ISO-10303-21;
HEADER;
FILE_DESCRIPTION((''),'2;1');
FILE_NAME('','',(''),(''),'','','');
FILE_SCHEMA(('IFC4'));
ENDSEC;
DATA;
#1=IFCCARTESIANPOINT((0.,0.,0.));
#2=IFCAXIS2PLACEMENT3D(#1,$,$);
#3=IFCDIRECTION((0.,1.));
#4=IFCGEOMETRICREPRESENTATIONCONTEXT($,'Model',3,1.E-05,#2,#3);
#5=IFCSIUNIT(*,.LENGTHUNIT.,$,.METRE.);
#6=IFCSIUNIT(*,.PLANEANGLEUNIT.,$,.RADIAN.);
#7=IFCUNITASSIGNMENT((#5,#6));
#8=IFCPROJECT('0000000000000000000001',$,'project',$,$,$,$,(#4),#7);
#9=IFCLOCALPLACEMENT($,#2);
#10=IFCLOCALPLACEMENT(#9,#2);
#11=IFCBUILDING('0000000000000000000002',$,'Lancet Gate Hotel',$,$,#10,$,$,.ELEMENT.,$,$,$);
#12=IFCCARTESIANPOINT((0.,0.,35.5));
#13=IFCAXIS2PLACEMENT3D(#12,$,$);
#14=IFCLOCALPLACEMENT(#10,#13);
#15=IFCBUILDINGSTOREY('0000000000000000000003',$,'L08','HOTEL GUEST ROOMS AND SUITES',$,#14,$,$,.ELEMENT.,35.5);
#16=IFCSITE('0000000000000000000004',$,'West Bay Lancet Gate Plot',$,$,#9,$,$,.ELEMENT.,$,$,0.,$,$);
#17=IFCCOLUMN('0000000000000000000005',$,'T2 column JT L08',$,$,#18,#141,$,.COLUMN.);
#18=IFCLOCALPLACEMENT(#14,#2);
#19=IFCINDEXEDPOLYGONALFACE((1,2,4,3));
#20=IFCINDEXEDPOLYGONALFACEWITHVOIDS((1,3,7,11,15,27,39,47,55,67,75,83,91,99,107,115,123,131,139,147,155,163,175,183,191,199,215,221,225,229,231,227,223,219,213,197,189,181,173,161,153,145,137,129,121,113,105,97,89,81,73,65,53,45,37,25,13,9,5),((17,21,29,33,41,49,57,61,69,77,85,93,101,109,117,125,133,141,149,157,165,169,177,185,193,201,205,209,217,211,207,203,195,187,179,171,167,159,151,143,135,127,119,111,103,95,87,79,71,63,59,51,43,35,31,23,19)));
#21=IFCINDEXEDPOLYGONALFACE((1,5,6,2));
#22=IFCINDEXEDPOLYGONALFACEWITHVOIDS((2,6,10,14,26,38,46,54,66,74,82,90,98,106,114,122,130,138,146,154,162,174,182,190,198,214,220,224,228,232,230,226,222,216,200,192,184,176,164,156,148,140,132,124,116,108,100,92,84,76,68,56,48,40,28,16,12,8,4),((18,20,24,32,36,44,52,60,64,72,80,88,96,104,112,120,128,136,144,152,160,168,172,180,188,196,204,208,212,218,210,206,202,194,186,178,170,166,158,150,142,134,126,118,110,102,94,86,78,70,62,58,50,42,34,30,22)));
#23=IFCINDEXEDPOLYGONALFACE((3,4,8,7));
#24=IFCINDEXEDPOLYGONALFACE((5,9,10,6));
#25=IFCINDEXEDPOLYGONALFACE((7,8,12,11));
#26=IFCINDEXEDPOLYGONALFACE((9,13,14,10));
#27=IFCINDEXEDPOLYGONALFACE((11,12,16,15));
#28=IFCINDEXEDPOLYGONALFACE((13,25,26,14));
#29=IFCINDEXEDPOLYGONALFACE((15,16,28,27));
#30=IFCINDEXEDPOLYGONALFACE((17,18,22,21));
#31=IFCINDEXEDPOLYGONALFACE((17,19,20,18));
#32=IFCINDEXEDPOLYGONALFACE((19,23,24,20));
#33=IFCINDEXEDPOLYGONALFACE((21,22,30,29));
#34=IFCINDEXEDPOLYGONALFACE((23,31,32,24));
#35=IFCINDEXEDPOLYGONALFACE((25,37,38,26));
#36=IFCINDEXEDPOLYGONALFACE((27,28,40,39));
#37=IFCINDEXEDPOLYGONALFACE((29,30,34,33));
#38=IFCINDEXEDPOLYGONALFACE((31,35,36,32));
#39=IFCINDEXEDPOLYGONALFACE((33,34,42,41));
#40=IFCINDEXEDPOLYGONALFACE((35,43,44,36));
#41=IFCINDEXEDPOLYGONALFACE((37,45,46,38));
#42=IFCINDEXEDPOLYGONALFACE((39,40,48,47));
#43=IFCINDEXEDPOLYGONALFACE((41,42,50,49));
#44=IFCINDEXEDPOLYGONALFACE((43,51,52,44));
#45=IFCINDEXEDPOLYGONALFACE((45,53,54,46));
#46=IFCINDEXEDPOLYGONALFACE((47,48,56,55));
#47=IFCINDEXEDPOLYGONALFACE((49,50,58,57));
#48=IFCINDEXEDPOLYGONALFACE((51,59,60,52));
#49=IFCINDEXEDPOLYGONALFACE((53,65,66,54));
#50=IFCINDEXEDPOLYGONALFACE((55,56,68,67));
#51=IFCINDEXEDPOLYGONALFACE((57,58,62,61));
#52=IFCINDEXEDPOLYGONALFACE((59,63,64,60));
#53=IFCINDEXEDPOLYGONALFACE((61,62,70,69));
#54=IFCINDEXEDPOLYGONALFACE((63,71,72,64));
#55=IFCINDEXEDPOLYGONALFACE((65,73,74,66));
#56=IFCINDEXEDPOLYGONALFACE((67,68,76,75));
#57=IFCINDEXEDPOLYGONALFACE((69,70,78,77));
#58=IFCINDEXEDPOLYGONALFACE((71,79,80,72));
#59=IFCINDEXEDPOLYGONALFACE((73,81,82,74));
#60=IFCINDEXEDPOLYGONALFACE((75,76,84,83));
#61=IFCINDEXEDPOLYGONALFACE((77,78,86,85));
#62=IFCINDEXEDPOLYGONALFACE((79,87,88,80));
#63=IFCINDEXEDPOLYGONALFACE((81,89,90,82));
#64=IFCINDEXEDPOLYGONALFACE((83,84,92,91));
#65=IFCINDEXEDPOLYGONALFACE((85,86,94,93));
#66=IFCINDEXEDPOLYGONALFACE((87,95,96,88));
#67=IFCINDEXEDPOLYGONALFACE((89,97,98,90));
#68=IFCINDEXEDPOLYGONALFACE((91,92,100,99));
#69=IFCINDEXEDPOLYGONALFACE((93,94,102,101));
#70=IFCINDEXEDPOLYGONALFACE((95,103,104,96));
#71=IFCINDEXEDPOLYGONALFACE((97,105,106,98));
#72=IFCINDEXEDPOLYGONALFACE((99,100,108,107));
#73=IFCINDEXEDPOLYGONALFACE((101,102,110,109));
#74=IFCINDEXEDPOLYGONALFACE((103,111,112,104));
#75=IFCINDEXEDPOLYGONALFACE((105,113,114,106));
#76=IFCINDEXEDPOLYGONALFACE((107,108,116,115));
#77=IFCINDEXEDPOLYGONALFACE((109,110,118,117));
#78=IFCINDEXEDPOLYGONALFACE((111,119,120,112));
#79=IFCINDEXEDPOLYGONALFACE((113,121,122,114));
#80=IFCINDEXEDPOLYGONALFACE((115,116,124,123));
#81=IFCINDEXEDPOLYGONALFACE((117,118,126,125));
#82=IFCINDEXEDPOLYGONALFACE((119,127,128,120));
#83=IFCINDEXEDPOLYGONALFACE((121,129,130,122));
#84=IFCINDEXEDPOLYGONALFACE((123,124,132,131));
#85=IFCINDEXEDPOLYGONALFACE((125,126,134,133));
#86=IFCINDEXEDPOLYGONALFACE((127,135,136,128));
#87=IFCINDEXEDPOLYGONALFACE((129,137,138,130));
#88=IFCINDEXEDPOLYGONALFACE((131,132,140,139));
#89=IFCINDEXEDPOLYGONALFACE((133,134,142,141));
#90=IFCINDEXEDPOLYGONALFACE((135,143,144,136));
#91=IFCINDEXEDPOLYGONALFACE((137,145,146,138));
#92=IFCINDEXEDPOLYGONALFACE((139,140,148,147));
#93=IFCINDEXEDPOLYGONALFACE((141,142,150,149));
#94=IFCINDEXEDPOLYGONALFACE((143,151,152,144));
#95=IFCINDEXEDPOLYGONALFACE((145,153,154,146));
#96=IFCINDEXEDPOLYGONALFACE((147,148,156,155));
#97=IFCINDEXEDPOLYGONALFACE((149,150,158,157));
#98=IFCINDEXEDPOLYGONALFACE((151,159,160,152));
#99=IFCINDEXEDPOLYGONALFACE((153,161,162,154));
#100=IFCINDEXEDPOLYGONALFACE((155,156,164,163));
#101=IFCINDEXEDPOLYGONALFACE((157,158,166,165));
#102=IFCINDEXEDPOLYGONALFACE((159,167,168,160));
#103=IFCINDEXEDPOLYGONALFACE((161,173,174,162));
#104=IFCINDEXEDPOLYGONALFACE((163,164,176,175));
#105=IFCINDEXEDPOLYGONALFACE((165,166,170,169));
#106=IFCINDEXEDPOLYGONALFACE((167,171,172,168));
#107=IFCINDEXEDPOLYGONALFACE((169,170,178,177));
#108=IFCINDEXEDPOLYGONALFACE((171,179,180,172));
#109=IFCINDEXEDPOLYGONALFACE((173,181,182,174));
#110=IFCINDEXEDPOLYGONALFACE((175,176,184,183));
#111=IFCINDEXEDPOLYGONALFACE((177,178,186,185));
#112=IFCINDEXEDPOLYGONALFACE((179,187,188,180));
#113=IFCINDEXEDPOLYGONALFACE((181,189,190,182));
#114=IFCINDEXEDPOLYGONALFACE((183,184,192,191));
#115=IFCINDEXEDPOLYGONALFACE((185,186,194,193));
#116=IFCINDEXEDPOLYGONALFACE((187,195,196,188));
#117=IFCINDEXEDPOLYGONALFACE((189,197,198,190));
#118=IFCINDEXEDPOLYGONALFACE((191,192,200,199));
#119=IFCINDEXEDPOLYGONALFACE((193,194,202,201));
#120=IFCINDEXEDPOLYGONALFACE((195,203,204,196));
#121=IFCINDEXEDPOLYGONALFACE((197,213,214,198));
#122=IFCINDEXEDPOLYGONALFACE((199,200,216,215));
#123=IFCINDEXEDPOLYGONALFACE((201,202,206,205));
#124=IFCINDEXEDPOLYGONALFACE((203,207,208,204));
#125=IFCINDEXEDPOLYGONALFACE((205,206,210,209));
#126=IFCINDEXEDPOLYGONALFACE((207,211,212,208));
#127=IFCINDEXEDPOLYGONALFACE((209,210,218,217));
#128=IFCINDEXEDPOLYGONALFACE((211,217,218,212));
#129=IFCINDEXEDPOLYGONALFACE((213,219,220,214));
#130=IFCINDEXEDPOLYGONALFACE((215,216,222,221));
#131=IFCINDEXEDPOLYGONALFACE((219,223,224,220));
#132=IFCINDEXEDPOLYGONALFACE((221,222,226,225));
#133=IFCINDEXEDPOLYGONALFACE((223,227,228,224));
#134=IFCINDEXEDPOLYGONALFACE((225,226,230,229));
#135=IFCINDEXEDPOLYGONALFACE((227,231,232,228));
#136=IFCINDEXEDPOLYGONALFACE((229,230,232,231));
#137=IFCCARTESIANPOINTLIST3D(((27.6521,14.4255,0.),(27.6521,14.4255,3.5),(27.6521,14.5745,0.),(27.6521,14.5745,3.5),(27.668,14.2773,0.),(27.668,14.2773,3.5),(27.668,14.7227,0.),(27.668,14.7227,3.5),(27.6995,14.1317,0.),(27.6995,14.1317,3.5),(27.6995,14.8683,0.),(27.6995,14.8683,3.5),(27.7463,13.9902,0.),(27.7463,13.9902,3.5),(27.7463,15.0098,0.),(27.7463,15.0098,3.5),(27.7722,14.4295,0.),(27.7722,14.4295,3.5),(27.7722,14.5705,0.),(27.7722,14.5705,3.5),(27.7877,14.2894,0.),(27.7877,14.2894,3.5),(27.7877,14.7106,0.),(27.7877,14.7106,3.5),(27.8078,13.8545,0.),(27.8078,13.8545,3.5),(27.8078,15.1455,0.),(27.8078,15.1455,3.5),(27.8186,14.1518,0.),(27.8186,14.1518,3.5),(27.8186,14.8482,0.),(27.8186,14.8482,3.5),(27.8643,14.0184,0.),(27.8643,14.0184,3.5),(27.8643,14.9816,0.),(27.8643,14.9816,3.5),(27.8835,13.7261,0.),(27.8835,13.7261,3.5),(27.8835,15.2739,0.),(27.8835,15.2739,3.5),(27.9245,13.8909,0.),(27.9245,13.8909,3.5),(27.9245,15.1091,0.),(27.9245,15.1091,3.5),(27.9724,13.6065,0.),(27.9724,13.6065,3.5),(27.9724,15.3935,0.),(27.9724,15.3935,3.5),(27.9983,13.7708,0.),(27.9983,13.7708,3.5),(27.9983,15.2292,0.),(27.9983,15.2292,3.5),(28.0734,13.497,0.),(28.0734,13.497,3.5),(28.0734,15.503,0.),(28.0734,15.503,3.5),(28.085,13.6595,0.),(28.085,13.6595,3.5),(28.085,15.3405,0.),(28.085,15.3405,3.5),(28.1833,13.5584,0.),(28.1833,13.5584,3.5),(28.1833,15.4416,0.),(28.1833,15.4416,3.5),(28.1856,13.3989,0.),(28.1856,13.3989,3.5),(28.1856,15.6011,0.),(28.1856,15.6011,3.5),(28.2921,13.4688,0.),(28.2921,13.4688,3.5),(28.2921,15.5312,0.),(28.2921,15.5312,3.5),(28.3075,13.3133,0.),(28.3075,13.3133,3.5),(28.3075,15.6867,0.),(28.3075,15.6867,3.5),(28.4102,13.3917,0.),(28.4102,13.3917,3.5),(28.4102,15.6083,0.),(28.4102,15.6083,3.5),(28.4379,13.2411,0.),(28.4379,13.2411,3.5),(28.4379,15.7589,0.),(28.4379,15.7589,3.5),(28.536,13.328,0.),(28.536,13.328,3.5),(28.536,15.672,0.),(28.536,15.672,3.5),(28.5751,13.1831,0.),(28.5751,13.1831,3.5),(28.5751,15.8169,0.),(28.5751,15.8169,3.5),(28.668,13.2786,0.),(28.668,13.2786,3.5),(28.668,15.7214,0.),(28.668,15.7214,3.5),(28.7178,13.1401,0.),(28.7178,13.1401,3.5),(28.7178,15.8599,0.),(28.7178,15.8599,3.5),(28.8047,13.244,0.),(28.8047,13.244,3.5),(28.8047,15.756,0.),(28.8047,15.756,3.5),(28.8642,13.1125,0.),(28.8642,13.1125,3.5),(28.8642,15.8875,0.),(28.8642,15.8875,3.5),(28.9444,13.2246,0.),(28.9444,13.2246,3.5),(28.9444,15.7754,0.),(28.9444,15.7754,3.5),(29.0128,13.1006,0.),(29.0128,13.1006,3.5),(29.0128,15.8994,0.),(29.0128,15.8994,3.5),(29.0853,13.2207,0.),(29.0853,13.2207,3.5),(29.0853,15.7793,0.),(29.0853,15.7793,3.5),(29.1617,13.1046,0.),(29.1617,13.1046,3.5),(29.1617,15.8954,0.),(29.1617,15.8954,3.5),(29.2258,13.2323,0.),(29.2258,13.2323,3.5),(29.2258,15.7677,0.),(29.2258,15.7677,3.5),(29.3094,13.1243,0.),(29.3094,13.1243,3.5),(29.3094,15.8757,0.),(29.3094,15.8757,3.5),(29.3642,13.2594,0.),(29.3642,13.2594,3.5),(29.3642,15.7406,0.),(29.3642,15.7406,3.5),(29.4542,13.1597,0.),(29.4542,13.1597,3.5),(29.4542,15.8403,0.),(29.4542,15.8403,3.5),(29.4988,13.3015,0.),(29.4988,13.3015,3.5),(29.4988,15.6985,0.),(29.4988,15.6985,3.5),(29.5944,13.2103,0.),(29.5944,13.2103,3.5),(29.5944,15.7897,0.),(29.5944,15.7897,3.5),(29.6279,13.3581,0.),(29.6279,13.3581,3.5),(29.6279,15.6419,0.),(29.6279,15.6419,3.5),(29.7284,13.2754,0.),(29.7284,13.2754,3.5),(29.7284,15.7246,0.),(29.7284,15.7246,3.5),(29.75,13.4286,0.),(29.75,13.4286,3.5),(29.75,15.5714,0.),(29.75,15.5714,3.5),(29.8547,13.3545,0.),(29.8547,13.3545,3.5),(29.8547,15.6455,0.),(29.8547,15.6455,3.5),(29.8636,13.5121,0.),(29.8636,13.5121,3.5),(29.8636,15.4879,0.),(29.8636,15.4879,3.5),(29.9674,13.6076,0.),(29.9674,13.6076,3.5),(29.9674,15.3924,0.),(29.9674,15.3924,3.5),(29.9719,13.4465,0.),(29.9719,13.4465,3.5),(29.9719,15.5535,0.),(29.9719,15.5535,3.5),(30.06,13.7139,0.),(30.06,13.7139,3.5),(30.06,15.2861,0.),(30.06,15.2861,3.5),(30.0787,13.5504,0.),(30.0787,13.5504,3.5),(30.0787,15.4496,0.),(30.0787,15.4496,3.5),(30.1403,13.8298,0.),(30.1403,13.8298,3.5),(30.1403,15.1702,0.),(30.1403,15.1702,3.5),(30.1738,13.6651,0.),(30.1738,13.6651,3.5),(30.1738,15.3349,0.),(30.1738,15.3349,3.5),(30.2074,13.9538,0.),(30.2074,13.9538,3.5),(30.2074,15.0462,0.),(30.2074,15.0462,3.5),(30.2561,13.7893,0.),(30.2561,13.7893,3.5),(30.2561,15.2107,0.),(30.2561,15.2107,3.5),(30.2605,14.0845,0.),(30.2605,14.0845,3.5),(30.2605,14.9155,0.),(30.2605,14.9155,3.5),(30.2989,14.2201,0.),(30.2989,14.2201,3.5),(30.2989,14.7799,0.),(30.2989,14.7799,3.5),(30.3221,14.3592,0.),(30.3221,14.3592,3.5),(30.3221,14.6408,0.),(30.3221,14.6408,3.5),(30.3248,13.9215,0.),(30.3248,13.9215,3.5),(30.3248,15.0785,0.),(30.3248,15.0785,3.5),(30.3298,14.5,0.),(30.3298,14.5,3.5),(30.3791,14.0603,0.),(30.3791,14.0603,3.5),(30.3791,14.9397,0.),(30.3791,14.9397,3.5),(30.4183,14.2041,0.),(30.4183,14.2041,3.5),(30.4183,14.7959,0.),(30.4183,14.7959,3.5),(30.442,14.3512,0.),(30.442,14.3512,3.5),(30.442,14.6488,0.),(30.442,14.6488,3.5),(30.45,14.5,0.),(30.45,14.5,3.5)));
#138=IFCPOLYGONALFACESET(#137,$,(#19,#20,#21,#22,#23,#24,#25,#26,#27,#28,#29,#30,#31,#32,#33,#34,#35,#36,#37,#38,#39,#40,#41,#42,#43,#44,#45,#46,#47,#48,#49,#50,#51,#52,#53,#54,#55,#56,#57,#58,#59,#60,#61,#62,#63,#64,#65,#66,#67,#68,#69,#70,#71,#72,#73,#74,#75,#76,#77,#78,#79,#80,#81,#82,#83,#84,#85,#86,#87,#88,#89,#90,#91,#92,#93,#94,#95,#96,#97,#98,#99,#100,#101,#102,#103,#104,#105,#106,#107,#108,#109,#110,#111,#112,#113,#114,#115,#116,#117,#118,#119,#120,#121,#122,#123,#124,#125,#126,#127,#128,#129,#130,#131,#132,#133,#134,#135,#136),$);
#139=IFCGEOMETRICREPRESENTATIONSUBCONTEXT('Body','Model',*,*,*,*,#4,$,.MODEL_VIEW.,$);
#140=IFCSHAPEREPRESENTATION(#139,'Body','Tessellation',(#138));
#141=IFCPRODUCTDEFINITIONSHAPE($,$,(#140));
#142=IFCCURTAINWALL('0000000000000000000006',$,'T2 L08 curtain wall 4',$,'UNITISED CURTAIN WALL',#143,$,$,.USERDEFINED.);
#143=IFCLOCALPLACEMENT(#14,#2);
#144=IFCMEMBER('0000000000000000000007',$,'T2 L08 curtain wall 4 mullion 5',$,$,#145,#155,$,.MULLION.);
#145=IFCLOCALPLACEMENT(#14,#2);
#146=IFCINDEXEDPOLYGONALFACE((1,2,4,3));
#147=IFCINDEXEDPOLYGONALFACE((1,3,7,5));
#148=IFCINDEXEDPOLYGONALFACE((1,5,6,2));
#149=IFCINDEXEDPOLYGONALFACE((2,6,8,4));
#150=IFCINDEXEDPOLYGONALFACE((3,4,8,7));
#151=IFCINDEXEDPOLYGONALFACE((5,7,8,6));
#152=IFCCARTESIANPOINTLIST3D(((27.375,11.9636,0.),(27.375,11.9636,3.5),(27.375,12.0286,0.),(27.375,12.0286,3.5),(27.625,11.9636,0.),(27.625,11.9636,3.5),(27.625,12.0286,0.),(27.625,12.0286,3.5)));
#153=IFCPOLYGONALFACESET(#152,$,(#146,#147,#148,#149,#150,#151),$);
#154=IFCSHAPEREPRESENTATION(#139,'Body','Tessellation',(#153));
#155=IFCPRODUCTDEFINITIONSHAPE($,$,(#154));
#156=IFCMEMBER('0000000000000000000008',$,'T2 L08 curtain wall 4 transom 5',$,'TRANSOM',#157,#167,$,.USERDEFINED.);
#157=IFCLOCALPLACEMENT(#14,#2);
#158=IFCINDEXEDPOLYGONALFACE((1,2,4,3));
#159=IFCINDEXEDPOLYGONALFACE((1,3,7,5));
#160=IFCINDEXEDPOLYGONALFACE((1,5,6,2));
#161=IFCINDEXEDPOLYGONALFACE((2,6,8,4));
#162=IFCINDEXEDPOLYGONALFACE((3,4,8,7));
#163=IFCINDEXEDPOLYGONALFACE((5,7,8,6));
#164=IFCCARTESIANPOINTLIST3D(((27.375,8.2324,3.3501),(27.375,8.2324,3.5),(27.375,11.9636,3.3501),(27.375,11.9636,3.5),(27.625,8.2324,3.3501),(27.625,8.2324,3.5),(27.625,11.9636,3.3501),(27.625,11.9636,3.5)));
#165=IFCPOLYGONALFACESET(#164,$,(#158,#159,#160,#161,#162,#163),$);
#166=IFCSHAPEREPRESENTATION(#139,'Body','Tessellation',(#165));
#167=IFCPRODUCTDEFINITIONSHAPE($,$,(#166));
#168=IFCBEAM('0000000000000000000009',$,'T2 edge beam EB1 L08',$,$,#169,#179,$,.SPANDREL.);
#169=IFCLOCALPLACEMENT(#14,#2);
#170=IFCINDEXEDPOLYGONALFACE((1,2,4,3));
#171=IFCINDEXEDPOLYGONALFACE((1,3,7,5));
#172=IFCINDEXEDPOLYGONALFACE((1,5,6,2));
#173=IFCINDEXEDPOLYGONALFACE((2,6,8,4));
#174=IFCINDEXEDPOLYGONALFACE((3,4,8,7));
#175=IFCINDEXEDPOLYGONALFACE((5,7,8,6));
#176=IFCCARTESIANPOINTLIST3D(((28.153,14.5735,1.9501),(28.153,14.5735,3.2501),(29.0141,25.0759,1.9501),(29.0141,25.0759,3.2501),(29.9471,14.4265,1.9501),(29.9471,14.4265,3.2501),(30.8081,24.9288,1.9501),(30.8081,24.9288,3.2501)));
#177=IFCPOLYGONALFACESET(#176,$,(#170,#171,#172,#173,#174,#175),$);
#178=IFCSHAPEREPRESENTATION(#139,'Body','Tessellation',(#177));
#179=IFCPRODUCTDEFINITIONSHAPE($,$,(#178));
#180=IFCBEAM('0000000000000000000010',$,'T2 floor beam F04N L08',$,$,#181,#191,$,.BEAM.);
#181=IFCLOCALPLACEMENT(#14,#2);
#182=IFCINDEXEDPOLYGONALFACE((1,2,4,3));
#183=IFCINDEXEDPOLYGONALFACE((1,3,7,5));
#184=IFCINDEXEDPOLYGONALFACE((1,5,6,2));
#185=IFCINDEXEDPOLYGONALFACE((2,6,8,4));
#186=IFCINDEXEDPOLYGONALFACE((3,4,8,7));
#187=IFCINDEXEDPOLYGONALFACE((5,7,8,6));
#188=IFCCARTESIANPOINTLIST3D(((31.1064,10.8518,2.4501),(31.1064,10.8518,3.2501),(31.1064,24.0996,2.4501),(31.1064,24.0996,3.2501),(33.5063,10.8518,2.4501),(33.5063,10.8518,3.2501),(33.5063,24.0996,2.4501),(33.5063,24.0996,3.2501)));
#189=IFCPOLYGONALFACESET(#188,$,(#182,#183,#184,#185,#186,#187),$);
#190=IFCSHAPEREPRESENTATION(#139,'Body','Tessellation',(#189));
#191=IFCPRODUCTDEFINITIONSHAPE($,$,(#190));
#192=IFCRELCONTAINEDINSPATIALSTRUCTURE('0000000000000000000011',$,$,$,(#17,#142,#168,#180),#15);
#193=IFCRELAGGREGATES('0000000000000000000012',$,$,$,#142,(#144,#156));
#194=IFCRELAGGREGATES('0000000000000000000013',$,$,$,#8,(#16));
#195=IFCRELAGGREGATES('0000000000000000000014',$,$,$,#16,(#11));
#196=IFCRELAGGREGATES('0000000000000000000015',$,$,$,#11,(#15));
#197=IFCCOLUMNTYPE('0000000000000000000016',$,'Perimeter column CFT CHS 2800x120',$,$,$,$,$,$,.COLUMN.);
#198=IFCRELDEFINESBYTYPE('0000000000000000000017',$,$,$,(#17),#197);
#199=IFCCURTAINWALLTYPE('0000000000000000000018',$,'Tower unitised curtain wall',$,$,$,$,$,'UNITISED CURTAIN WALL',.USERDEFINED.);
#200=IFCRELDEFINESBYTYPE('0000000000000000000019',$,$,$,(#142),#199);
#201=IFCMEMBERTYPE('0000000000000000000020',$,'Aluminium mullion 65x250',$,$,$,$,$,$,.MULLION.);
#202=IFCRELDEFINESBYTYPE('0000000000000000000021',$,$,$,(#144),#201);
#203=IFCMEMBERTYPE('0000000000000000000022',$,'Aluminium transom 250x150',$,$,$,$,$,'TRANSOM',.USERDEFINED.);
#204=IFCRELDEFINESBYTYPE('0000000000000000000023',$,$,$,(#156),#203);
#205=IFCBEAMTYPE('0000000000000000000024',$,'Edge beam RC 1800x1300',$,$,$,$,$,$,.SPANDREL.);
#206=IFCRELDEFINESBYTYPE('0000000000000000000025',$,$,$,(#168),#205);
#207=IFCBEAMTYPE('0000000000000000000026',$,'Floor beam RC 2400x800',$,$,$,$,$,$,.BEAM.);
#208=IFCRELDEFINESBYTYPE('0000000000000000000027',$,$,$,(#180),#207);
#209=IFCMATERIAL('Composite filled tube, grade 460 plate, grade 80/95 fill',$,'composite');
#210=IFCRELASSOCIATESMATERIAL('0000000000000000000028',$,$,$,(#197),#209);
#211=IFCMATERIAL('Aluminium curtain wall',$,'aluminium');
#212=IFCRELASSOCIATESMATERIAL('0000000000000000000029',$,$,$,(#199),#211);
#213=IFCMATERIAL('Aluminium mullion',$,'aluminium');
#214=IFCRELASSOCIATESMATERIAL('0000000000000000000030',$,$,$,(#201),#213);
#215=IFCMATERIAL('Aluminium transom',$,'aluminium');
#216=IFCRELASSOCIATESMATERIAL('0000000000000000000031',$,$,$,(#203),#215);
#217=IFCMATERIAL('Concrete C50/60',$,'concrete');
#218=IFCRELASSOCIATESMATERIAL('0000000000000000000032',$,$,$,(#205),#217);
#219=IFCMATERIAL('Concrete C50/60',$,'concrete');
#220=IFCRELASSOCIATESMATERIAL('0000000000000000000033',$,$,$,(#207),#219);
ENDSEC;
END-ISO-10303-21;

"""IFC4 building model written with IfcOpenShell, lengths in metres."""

from ifc_helpers import new_model, si_unit, direction, frame, origin, origin_2d, place, context, subcontext, project, spatial, rectangle, hollow_circle, extrude, material, material_profile, profile_set, type_object, element, aggregate, save


model = new_model("IFC4")

# Units and contexts
model_context = context("Model", 3, precision=1e-05, world=origin(), true_north=direction((0.0, 1.0)))
body_context = subcontext(model_context, "Body", "Model", "MODEL_VIEW")
ifc_project = project(units=[si_unit("LENGTHUNIT", "METRE"), si_unit("PLANEANGLEUNIT", "RADIAN")], contexts=[model_context])

# Site, building, storey
site_placement = place(None, origin())
site = spatial("IfcSite", under=ifc_project, at=site_placement, Name="West Bay Lancet Gate Plot", CompositionType="ELEMENT", RefElevation=0.0)
building_placement = place(site_placement, origin())
building = spatial("IfcBuilding", under=site, at=building_placement, Name="Lancet Gate Hotel", CompositionType="ELEMENT")
storey_placement = place(building_placement, frame((0.0, 0.0, 35.5)))
storey = spatial("IfcBuildingStorey", under=building, at=storey_placement, Name="L08", Description="HOTEL GUEST ROOMS AND SUITES", CompositionType="ELEMENT", Elevation=35.5)

# Column
ifc_material_1 = material(Name="Composite filled tube, grade 460 plate, grade 80/95 fill", Category="composite")
ifc_material_profile_1 = material_profile(ifc_material_1, hollow_circle(Radius=1.3999, WallThickness=0.1201, at=origin_2d()), Name="CHS 2800x120")
ifc_profile_set_1 = profile_set([ifc_material_profile_1], Name="Composite filled tube, grade 460 plate, grade 80/95 fill")
column_type = type_object("IfcColumnType", Name="Perimeter column CFT CHS 2800x120", PredefinedType="COLUMN", material=ifc_profile_set_1)
for number, where, z_axis, x_axis, name in (
    (1, (29.05, 14.5, 0.0), (0.0, 0.0, 1.0), (1.0, 0.0, 0.0), "T2 column JT L08"),
):
    element("IfcColumn", number, at=place(storey_placement, frame(where, z_axis=z_axis, x_axis=x_axis)), inside=storey, type_object=column_type, Name=name, PredefinedType="COLUMN", context=body_context, shape_type="SweptSolid", body=[
        extrude(hollow_circle(Radius=1.3999, WallThickness=0.1201, at=origin_2d()), origin(), (0.0, 0.0, 1.0), 3.5),
    ])

# Curtain wall, members
ifc_material_2 = material(Name="Aluminium curtain wall", Category="aluminium")
curtain_wall_type = type_object("IfcCurtainWallType", Name="Tower unitised curtain wall", ElementType="UNITISED CURTAIN WALL", PredefinedType="USERDEFINED", material=ifc_material_2)
curtain_wall_placement = place(storey_placement, origin())
curtain_wall = element("IfcCurtainWall", 2, at=curtain_wall_placement, inside=storey, type_object=curtain_wall_type, Name="T2 L08 curtain wall 4", ObjectType="UNITISED CURTAIN WALL", PredefinedType="USERDEFINED")
ifc_material_3 = material(Name="Aluminium mullion", Category="aluminium")
ifc_material_profile_2 = material_profile(ifc_material_3, rectangle(XDim=0.0649, YDim=0.25, at=origin_2d()), Name="MULLION 65x250")
ifc_profile_set_2 = profile_set([ifc_material_profile_2], Name="Aluminium mullion")
member_type_1 = type_object("IfcMemberType", Name="Aluminium mullion 65x250", PredefinedType="MULLION", material=ifc_profile_set_2)
member_1_placement = place(storey_placement, frame((27.5, 11.9961, 0.0), z_axis=(0.0, 0.0, 1.0), x_axis=(0.0, -1.0, 0.0)))
member_1 = element("IfcMember", 3, at=member_1_placement, type_object=member_type_1, Name="T2 L08 curtain wall 4 mullion 5", PredefinedType="MULLION", context=body_context, shape_type="SweptSolid", body=[
    extrude(rectangle(XDim=0.0649, YDim=0.25, at=origin_2d()), origin(), (0.0, 0.0, 1.0), 3.5),
])
ifc_material_4 = material(Name="Aluminium transom", Category="aluminium")
ifc_material_profile_3 = material_profile(ifc_material_4, rectangle(XDim=0.25, YDim=0.1499, at=origin_2d()), Name="TRANSOM 250x150")
ifc_profile_set_3 = profile_set([ifc_material_profile_3], Name="Aluminium transom")
member_type_2 = type_object("IfcMemberType", Name="Aluminium transom 250x150", ElementType="TRANSOM", PredefinedType="USERDEFINED", material=ifc_profile_set_3)
member_2_placement = place(storey_placement, frame((27.5, 11.9636, 3.425), z_axis=(0.0, -1.0, 0.0), x_axis=(1.0, 0.0, 0.0)))
member_2 = element("IfcMember", 4, at=member_2_placement, type_object=member_type_2, Name="T2 L08 curtain wall 4 transom 5", ObjectType="TRANSOM", PredefinedType="USERDEFINED", context=body_context, shape_type="SweptSolid", body=[
    extrude(rectangle(XDim=0.25, YDim=0.1499, at=origin_2d()), origin(), (0.0, 0.0, 1.0), 3.7312),
])

# Beams
ifc_material_5 = material(Name="Concrete C50/60", Category="concrete")
ifc_material_profile_4 = material_profile(ifc_material_5, rectangle(XDim=1.8, YDim=1.3, at=origin_2d()), Name="RC 1800x1300")
ifc_profile_set_4 = profile_set([ifc_material_profile_4], Name="Concrete C50/60")
beam_type_1 = type_object("IfcBeamType", Name="Edge beam RC 1800x1300", PredefinedType="SPANDREL", material=ifc_profile_set_4)
beam_1_placement = place(storey_placement, frame((29.05, 14.5, 2.6001), z_axis=(0.081715, 0.996656, 0.0), x_axis=(-0.996656, 0.081715, 0.0)))
element("IfcBeam", 5, at=beam_1_placement, inside=storey, type_object=beam_type_1, Name="T2 edge beam EB1 L08", PredefinedType="SPANDREL", context=body_context, shape_type="SweptSolid", body=[
    extrude(rectangle(XDim=1.8, YDim=1.3, at=origin_2d()), origin(), (0.0, 0.0, 1.0), 10.5376),
])
ifc_material_6 = material(Name="Concrete C50/60", Category="concrete")
ifc_material_profile_5 = material_profile(ifc_material_6, rectangle(XDim=2.3999, YDim=0.8, at=origin_2d()), Name="RC 2400x800")
ifc_profile_set_5 = profile_set([ifc_material_profile_5], Name="Concrete C50/60")
beam_type_2 = type_object("IfcBeamType", Name="Floor beam RC 2400x800", PredefinedType="BEAM", material=ifc_profile_set_5)
beam_2_placement = place(storey_placement, frame((32.3064, 10.8518, 2.8501), z_axis=(0.0, 1.0, 0.0), x_axis=(-1.0, 0.0, 0.0)))
element("IfcBeam", 6, at=beam_2_placement, inside=storey, type_object=beam_type_2, Name="T2 floor beam F04N L08", PredefinedType="BEAM", context=body_context, shape_type="SweptSolid", body=[
    extrude(rectangle(XDim=2.3999, YDim=0.8, at=origin_2d()), origin(), (0.0, 0.0, 1.0), 13.2478),
])

aggregate(curtain_wall, [member_1, member_2])

save(model, "model.ifc")
